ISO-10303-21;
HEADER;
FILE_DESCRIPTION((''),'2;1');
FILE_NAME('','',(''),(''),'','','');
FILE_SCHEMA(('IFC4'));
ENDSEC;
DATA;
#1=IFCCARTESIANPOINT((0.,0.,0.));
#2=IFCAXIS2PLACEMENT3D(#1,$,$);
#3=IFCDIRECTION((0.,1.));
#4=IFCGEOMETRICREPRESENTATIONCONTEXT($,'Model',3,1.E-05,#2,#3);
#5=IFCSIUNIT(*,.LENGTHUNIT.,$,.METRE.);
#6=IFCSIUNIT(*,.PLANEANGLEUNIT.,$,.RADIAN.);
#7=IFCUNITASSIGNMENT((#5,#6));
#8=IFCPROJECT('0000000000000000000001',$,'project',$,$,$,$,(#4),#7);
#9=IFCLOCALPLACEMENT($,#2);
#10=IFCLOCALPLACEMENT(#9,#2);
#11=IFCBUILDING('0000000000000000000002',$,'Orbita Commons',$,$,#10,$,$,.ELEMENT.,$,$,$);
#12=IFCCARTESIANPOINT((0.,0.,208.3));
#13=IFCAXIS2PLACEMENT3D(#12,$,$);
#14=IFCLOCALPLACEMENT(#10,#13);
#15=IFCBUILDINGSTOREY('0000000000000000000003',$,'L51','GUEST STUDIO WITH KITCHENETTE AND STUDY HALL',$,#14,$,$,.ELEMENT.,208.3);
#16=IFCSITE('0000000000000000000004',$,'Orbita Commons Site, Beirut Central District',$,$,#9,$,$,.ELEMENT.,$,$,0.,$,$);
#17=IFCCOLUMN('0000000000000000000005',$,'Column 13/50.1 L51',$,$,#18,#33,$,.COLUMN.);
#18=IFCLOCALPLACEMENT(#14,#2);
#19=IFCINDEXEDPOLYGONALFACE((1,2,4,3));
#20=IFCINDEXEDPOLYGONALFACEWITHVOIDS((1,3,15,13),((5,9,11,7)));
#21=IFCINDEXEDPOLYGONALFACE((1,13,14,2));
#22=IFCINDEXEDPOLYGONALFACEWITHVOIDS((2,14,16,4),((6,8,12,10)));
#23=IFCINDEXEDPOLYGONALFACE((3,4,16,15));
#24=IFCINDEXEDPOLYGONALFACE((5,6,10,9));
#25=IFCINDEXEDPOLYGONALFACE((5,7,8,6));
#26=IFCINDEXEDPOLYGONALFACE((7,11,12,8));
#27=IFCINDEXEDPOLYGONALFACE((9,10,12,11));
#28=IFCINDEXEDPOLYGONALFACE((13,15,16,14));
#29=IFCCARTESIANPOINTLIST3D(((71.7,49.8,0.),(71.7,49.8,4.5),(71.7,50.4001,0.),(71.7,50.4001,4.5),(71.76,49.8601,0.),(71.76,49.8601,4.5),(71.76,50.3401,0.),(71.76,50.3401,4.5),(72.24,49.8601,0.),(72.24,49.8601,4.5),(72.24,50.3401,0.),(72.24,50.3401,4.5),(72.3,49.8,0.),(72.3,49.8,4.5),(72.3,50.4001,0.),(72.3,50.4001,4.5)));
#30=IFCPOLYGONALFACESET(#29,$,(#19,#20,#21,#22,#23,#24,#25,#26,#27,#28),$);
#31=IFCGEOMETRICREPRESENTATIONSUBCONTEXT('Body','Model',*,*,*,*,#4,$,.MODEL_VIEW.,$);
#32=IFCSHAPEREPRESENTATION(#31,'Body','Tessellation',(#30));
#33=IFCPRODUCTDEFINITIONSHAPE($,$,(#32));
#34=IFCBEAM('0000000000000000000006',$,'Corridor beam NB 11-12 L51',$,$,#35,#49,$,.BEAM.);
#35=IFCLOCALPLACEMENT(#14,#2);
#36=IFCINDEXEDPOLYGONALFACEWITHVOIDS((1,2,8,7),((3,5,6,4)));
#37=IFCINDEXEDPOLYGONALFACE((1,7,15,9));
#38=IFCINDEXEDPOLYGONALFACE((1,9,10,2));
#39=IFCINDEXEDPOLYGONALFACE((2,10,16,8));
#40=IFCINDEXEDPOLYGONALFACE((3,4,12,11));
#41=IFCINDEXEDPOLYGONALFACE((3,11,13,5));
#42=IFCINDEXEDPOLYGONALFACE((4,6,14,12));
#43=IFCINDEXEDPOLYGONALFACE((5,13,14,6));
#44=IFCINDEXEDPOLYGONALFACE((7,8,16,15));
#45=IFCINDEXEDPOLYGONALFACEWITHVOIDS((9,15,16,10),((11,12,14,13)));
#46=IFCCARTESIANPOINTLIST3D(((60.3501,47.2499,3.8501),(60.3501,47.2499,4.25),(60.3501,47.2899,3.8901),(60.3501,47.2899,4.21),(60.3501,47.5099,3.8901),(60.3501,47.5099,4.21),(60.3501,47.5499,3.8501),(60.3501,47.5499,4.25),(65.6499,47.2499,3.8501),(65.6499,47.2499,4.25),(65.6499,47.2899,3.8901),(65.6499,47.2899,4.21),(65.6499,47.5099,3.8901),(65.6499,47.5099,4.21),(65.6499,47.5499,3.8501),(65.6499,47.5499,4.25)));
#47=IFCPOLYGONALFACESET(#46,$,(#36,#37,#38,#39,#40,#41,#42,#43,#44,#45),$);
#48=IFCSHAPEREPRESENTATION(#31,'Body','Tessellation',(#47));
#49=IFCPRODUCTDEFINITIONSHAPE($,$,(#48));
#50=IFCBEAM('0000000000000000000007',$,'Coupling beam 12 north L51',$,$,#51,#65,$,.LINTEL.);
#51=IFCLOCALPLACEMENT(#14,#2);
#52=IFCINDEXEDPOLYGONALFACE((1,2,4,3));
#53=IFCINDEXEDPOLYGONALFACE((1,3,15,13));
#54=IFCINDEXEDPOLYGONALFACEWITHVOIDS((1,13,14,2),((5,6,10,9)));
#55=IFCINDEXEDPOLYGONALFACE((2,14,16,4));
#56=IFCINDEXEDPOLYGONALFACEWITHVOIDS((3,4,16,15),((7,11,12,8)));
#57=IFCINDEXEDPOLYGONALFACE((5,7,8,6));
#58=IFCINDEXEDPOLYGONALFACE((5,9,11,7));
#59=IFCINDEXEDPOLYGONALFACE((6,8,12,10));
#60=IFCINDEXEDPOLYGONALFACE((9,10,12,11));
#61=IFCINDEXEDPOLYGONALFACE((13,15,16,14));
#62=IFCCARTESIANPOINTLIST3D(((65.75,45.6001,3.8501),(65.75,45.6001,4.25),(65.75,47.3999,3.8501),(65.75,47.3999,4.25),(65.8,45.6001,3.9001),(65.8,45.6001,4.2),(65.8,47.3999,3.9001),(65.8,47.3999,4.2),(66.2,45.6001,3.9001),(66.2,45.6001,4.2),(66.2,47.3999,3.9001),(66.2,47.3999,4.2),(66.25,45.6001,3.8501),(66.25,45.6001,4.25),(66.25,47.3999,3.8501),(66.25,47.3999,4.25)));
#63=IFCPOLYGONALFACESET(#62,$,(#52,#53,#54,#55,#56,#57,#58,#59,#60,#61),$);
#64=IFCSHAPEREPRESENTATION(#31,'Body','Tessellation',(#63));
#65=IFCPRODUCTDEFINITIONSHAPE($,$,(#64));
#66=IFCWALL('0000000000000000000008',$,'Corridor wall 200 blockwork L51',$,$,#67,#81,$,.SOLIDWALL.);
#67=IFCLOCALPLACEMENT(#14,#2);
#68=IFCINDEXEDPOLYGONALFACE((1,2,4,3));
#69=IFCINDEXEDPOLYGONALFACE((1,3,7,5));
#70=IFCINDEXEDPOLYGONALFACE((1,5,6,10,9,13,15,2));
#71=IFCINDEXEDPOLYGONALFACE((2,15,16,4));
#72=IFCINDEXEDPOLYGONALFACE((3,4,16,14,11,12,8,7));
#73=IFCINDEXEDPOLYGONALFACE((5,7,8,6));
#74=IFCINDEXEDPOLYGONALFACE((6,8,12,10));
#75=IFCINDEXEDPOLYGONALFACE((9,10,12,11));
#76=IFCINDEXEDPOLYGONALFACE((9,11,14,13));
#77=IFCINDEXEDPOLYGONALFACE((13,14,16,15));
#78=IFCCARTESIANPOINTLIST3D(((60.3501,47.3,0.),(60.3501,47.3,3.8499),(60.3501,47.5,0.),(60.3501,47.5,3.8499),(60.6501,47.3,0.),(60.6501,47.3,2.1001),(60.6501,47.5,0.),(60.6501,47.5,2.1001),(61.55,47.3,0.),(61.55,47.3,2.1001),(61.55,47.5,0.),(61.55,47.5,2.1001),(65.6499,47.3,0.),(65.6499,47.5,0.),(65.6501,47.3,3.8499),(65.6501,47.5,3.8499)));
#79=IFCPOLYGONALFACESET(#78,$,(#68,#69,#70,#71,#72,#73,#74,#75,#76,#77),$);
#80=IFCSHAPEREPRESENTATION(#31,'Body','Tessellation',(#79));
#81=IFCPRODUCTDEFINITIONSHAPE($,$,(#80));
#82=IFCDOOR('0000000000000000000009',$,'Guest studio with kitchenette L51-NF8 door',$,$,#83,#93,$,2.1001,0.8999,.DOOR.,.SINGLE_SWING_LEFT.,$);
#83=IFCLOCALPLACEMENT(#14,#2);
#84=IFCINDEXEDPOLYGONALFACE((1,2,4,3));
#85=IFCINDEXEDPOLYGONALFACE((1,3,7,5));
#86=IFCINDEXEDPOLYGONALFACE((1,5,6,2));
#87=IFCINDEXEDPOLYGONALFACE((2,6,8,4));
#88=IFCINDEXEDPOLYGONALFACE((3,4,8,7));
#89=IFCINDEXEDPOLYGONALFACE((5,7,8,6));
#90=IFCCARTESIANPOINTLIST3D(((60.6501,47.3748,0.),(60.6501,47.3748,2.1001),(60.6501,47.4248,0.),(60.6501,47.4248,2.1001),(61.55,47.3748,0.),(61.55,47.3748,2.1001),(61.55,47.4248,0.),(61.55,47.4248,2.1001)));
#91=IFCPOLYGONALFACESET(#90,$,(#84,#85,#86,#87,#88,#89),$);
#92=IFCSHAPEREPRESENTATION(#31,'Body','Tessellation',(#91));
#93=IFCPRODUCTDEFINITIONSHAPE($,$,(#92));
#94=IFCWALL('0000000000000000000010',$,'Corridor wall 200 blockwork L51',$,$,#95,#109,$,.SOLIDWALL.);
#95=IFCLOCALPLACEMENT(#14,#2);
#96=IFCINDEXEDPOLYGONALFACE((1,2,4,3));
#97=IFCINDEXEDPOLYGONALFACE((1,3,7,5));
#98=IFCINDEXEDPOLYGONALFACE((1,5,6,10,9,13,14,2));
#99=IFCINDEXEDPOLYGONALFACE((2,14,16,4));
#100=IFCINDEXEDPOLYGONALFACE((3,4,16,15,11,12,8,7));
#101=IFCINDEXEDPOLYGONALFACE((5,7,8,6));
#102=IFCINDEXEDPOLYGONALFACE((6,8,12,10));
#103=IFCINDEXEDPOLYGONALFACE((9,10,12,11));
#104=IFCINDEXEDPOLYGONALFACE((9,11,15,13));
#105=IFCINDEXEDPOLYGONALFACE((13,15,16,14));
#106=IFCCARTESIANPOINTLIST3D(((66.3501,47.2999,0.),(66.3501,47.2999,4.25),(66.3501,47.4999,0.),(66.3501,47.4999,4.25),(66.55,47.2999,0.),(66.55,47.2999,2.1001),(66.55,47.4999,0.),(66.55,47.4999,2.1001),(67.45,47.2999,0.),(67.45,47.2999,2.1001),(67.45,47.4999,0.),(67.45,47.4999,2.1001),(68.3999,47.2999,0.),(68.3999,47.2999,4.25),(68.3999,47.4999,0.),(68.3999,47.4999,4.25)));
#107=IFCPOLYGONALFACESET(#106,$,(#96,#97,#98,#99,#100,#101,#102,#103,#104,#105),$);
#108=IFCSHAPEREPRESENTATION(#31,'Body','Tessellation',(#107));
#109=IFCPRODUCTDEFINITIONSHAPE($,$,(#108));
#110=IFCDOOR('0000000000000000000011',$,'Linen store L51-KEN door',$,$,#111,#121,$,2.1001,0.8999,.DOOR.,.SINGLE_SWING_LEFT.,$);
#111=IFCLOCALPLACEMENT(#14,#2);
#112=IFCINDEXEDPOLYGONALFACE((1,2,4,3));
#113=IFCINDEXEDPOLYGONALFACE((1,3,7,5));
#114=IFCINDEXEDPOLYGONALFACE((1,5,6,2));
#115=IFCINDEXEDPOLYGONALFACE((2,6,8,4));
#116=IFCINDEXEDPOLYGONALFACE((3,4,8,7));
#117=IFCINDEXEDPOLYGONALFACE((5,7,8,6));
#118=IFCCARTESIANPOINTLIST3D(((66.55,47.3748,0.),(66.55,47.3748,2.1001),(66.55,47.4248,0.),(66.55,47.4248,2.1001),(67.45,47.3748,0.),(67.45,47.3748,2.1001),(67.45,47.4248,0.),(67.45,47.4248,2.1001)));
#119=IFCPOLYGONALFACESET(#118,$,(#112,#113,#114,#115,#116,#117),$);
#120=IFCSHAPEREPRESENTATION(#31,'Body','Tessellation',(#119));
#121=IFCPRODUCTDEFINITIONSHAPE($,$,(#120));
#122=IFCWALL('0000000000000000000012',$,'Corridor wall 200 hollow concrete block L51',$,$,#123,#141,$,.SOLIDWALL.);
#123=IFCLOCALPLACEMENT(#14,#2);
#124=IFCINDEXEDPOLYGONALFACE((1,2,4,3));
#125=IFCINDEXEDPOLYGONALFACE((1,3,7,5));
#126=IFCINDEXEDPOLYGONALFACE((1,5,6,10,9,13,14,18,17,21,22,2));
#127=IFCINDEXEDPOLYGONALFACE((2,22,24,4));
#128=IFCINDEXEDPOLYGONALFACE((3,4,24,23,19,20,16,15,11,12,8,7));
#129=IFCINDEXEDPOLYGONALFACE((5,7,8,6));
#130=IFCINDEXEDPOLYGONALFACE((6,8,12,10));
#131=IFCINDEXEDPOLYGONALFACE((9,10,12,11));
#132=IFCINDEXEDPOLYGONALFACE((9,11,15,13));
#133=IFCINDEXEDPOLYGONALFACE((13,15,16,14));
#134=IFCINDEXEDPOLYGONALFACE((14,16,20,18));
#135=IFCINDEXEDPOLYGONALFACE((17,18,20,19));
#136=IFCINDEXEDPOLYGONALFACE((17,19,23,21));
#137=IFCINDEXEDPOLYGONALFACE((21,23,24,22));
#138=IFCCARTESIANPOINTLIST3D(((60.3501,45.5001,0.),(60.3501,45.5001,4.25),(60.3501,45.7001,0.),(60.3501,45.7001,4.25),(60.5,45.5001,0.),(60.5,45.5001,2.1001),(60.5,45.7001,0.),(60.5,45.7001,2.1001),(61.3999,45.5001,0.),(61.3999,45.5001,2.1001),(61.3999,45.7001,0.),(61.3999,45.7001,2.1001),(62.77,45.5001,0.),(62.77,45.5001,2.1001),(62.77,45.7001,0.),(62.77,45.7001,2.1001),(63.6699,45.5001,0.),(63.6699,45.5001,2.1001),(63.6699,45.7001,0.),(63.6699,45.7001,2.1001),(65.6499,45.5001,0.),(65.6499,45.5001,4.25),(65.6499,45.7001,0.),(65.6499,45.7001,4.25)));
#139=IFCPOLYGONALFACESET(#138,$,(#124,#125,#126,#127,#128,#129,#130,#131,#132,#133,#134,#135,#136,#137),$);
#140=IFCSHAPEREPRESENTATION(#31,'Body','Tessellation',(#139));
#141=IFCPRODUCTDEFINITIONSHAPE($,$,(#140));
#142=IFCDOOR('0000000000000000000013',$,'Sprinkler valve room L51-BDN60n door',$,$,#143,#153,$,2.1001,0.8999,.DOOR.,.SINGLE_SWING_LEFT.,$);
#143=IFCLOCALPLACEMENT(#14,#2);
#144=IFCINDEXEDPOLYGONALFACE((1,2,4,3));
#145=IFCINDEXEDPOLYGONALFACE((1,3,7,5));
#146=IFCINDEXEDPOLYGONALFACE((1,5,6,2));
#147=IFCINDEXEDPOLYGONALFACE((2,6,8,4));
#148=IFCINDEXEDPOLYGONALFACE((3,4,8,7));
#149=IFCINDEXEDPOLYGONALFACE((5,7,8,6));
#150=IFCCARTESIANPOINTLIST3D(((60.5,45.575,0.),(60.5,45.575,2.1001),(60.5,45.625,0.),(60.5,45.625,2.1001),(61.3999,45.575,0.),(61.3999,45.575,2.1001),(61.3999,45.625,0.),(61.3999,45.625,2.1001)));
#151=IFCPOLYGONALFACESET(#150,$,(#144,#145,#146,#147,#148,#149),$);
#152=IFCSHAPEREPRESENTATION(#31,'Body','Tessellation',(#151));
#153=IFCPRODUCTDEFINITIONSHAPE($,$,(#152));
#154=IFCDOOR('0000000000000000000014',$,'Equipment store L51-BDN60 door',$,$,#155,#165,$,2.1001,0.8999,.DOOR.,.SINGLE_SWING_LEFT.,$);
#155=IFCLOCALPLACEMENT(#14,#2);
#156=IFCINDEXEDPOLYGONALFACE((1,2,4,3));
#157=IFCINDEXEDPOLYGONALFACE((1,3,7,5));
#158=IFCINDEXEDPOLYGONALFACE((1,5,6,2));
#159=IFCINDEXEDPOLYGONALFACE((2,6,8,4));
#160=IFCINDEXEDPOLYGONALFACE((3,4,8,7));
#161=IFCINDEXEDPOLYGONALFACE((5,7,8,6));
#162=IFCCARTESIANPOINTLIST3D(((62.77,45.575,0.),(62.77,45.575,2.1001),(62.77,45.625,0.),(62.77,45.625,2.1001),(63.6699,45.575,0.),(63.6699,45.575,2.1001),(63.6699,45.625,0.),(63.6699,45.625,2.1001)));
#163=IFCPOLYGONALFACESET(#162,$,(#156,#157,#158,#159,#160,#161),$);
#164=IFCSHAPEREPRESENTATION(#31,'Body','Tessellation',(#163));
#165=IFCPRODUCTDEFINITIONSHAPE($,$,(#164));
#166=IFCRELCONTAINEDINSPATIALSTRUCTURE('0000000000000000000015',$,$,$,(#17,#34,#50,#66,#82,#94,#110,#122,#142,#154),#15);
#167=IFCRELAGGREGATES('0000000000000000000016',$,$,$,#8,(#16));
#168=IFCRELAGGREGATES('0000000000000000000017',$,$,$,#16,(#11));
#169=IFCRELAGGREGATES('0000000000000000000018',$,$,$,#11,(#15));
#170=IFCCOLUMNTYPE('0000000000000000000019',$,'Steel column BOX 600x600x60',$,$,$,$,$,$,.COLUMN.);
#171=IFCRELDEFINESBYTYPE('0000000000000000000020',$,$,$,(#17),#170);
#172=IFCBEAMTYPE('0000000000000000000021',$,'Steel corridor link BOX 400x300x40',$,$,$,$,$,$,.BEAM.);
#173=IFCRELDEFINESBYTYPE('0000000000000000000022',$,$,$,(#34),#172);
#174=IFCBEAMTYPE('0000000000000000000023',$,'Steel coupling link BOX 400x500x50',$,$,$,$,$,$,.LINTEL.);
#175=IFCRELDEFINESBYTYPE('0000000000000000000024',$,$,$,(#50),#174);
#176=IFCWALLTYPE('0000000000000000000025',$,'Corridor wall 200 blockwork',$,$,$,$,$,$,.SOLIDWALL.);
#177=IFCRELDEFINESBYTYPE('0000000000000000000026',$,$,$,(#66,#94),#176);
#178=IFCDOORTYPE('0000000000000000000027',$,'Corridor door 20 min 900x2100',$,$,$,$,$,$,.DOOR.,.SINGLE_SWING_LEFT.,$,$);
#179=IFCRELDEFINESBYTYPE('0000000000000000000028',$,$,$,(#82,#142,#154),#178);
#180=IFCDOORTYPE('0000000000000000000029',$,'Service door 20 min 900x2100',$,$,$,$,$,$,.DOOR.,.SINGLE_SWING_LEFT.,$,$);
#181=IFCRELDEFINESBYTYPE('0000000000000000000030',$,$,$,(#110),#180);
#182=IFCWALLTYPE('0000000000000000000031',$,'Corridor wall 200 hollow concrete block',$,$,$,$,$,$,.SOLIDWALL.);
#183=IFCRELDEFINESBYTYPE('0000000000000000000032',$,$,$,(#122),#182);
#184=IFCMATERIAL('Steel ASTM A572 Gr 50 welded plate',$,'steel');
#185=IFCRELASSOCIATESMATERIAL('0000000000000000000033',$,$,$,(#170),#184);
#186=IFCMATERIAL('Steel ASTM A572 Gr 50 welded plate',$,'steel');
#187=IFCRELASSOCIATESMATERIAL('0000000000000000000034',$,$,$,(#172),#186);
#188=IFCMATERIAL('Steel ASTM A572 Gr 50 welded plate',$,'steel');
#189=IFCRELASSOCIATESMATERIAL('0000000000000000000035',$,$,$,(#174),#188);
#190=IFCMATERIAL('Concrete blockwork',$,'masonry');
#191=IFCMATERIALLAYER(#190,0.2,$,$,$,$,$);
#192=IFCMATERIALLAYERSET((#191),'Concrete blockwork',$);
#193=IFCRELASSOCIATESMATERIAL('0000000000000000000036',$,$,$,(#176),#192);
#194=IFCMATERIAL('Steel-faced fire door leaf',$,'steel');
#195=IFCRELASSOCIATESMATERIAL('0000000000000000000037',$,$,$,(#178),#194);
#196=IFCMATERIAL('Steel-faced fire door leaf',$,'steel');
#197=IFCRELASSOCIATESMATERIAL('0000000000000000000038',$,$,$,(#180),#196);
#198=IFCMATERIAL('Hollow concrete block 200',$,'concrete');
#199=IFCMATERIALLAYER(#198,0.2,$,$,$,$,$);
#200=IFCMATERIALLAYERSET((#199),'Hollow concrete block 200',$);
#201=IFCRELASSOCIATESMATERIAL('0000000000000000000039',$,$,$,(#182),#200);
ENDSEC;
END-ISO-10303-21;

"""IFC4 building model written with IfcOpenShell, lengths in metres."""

from ifc_helpers import new_model, si_unit, direction, frame, frame_2d, origin, origin_2d, place, context, subcontext, project, spatial, polyline, rectangle, hollow_rectangle, outline, extrude, material, layer, layer_set, material_profile, profile_set, type_object, element, fill, save


model = new_model("IFC4")

# Units and contexts
model_context = context("Model", 3, precision=1e-05, world=origin(), true_north=direction((0.0, 1.0)))
body_context = subcontext(model_context, "Body", "Model", "MODEL_VIEW")
ifc_project = project(units=[si_unit("LENGTHUNIT", "METRE"), si_unit("PLANEANGLEUNIT", "RADIAN")], contexts=[model_context])

# Site, building, storey
site_placement = place(None, origin())
site = spatial("IfcSite", under=ifc_project, at=site_placement, Name="Orbita Commons Site, Beirut Central District", CompositionType="ELEMENT", RefElevation=0.0)
building_placement = place(site_placement, origin())
building = spatial("IfcBuilding", under=site, at=building_placement, Name="Orbita Commons", CompositionType="ELEMENT")
storey_placement = place(building_placement, frame((0.0, 0.0, 208.3)))
storey = spatial("IfcBuildingStorey", under=building, at=storey_placement, Name="L51", Description="GUEST STUDIO WITH KITCHENETTE AND STUDY HALL", CompositionType="ELEMENT", Elevation=208.3)

# Column
ifc_material_1 = material(Name="Steel ASTM A572 Gr 50 welded plate", Category="steel")
ifc_material_profile_1 = material_profile(ifc_material_1, hollow_rectangle(XDim=0.6001, YDim=0.6001, WallThickness=0.0601, at=origin_2d()), Name="BOX 600x600x60")
ifc_profile_set_1 = profile_set([ifc_material_profile_1], Name="Steel ASTM A572 Gr 50 welded plate")
column_type = type_object("IfcColumnType", Name="Steel column BOX 600x600x60", PredefinedType="COLUMN", material=ifc_profile_set_1)
column_placement = place(storey_placement, frame((72.0, 50.1001, 0.0), z_axis=(0.0, 0.0, 1.0), x_axis=(1.0, 0.0, 0.0)))
element("IfcColumn", 1, at=column_placement, inside=storey, type_object=column_type, Name="Column 13/50.1 L51", PredefinedType="COLUMN", context=body_context, shape_type="SweptSolid", body=[
    extrude(hollow_rectangle(XDim=0.6001, YDim=0.6001, WallThickness=0.0601, at=origin_2d()), origin(), (0.0, 0.0, 1.0), 4.5),
])

# Beams
ifc_material_2 = material(Name="Steel ASTM A572 Gr 50 welded plate", Category="steel")
ifc_material_profile_2 = material_profile(ifc_material_2, hollow_rectangle(XDim=0.3, YDim=0.3999, WallThickness=0.04, at=origin_2d()), Name="BOX 400x300x40")
ifc_profile_set_2 = profile_set([ifc_material_profile_2], Name="Steel ASTM A572 Gr 50 welded plate")
beam_type_1 = type_object("IfcBeamType", Name="Steel corridor link BOX 400x300x40", PredefinedType="BEAM", material=ifc_profile_set_2)
beam_1_placement = place(storey_placement, frame((60.3501, 47.3999, 4.05), z_axis=(1.0, 0.0, 0.0), x_axis=(0.0, 1.0, 0.0)))
element("IfcBeam", 2, at=beam_1_placement, inside=storey, type_object=beam_type_1, Name="Corridor beam NB 11-12 L51", PredefinedType="BEAM", context=body_context, shape_type="SweptSolid", body=[
    extrude(hollow_rectangle(XDim=0.3, YDim=0.3999, WallThickness=0.04, at=origin_2d()), origin(), (0.0, 0.0, 1.0), 5.2998),
])
ifc_material_3 = material(Name="Steel ASTM A572 Gr 50 welded plate", Category="steel")
ifc_material_profile_3 = material_profile(ifc_material_3, hollow_rectangle(XDim=0.5, YDim=0.3999, WallThickness=0.05, at=origin_2d()), Name="BOX 400x500x50")
ifc_profile_set_3 = profile_set([ifc_material_profile_3], Name="Steel ASTM A572 Gr 50 welded plate")
beam_type_2 = type_object("IfcBeamType", Name="Steel coupling link BOX 400x500x50", PredefinedType="LINTEL", material=ifc_profile_set_3)
beam_2_placement = place(storey_placement, frame((66.0, 45.6001, 4.05), z_axis=(0.0, 1.0, 0.0), x_axis=(-1.0, 0.0, 0.0)))
element("IfcBeam", 3, at=beam_2_placement, inside=storey, type_object=beam_type_2, Name="Coupling beam 12 north L51", PredefinedType="LINTEL", context=body_context, shape_type="SweptSolid", body=[
    extrude(hollow_rectangle(XDim=0.5, YDim=0.3999, WallThickness=0.05, at=origin_2d()), origin(), (0.0, 0.0, 1.0), 1.7998),
])

# Walls, openings, doors
ifc_material_4 = material(Name="Concrete blockwork", Category="masonry")
ifc_layer_1 = layer(ifc_material_4, 0.2)
ifc_layer_set_1 = layer_set([ifc_layer_1], Name="Concrete blockwork")
wall_type_1 = type_object("IfcWallType", Name="Corridor wall 200 blockwork", PredefinedType="SOLIDWALL", material=ifc_layer_set_1)
wall_1_placement = place(storey_placement, frame((60.3501, 47.3999, 0.0), z_axis=(0.0, 0.0, 1.0), x_axis=(1.0, 0.0, 0.0)))
wall_1 = element("IfcWall", 4, at=wall_1_placement, inside=storey, type_object=wall_type_1, Name="Corridor wall 200 blockwork L51", PredefinedType="SOLIDWALL", context=body_context, shape_type="SweptSolid", body=[
    extrude(outline(polyline([(0.0, 0.0), (5.2998, 0.0), (5.3, 3.8499), (0.0, 3.8499), (0.0, 0.0)])), frame((0.0, 0.1001, 0.0), z_axis=(0.0, -1.0, 0.0), x_axis=(1.0, 0.0, 0.0)), (0.0, 0.0, 1.0), 0.2),
])
opening_1_placement = place(wall_1_placement, frame((0.3, 0.0, 0.0)))
opening_1 = element("IfcOpeningElement", 5, at=opening_1_placement, cuts=wall_1, PredefinedType="OPENING", context=body_context, shape_type="SweptSolid", body=[
    extrude(rectangle(XDim=0.8999, YDim=2.1001, at=frame_2d((0.45, 1.05))), frame((0.0, 0.1099, 0.0), z_axis=(0.0, -1.0, 0.0), x_axis=(1.0, 0.0, 0.0)), (0.0, 0.0, 1.0), 0.22),
])
ifc_material_5 = material(Name="Steel-faced fire door leaf", Category="steel")
door_type_1 = type_object("IfcDoorType", Name="Corridor door 20 min 900x2100", OperationType="SINGLE_SWING_LEFT", PredefinedType="DOOR", material=ifc_material_5)
door_1_placement = place(opening_1_placement, origin())
door_1 = element("IfcDoor", 6, at=door_1_placement, inside=storey, type_object=door_type_1, Name="Guest studio with kitchenette L51-NF8 door", OperationType="SINGLE_SWING_LEFT", OverallHeight=2.1001, OverallWidth=0.8999, PredefinedType="DOOR", context=body_context, shape_type="SweptSolid", body=[
    extrude(rectangle(XDim=0.8999, YDim=2.1001, at=frame_2d((0.45, 1.05))), frame((0.0, 0.0249, 0.0), z_axis=(0.0, -1.0, 0.0), x_axis=(1.0, 0.0, 0.0)), (0.0, 0.0, 1.0), 0.05),
])
fill(opening_1, door_1)
wall_2_placement = place(storey_placement, frame((66.3501, 47.3999, 0.0), z_axis=(0.0, 0.0, 1.0), x_axis=(1.0, 0.0, 0.0)))
wall_2 = element("IfcWall", 7, at=wall_2_placement, inside=storey, type_object=wall_type_1, Name="Corridor wall 200 blockwork L51", PredefinedType="SOLIDWALL", context=body_context, shape_type="SweptSolid", body=[
    extrude(rectangle(XDim=2.0498, YDim=0.2, at=frame_2d((1.0249, 0.0))), origin(), (0.0, 0.0, 1.0), 4.25),
])
opening_2_placement = place(wall_2_placement, frame((0.2, 0.0, 0.0)))
opening_2 = element("IfcOpeningElement", 8, at=opening_2_placement, cuts=wall_2, PredefinedType="OPENING", context=body_context, shape_type="SweptSolid", body=[
    extrude(rectangle(XDim=0.8999, YDim=2.1001, at=frame_2d((0.45, 1.05))), frame((0.0, 0.1099, 0.0), z_axis=(0.0, -1.0, 0.0), x_axis=(1.0, 0.0, 0.0)), (0.0, 0.0, 1.0), 0.22),
])
ifc_material_6 = material(Name="Steel-faced fire door leaf", Category="steel")
door_type_2 = type_object("IfcDoorType", Name="Service door 20 min 900x2100", OperationType="SINGLE_SWING_LEFT", PredefinedType="DOOR", material=ifc_material_6)
door_2_placement = place(opening_2_placement, origin())
door_2 = element("IfcDoor", 9, at=door_2_placement, inside=storey, type_object=door_type_2, Name="Linen store L51-KEN door", OperationType="SINGLE_SWING_LEFT", OverallHeight=2.1001, OverallWidth=0.8999, PredefinedType="DOOR", context=body_context, shape_type="SweptSolid", body=[
    extrude(rectangle(XDim=0.8999, YDim=2.1001, at=frame_2d((0.45, 1.05))), frame((0.0, 0.0249, 0.0), z_axis=(0.0, -1.0, 0.0), x_axis=(1.0, 0.0, 0.0)), (0.0, 0.0, 1.0), 0.05),
])
fill(opening_2, door_2)

# Wall, openings, doors
ifc_material_7 = material(Name="Hollow concrete block 200", Category="concrete")
ifc_layer_2 = layer(ifc_material_7, 0.2)
ifc_layer_set_2 = layer_set([ifc_layer_2], Name="Hollow concrete block 200")
wall_type_2 = type_object("IfcWallType", Name="Corridor wall 200 hollow concrete block", PredefinedType="SOLIDWALL", material=ifc_layer_set_2)
wall_3_placement = place(storey_placement, frame((60.3501, 45.6001, 0.0), z_axis=(0.0, 0.0, 1.0), x_axis=(1.0, 0.0, 0.0)))
wall_3 = element("IfcWall", 10, at=wall_3_placement, inside=storey, type_object=wall_type_2, Name="Corridor wall 200 hollow concrete block L51", PredefinedType="SOLIDWALL", context=body_context, shape_type="SweptSolid", body=[
    extrude(rectangle(XDim=5.2998, YDim=0.2, at=frame_2d((2.6499, 0.0))), origin(), (0.0, 0.0, 1.0), 4.25),
])
opening_3_placement = place(wall_3_placement, frame((0.1499, 0.0, 0.0)))
opening_3 = element("IfcOpeningElement", 11, at=opening_3_placement, cuts=wall_3, PredefinedType="OPENING", context=body_context, shape_type="SweptSolid", body=[
    extrude(rectangle(XDim=0.8999, YDim=2.1001, at=frame_2d((0.45, 1.05))), frame((0.0, 0.1099, 0.0), z_axis=(0.0, -1.0, 0.0), x_axis=(1.0, 0.0, 0.0)), (0.0, 0.0, 1.0), 0.22),
])
opening_4_placement = place(wall_3_placement, frame((2.4199, 0.0, 0.0)))
opening_4 = element("IfcOpeningElement", 12, at=opening_4_placement, cuts=wall_3, PredefinedType="OPENING", context=body_context, shape_type="SweptSolid", body=[
    extrude(rectangle(XDim=0.8999, YDim=2.1001, at=frame_2d((0.45, 1.05))), frame((0.0, 0.1099, 0.0), z_axis=(0.0, -1.0, 0.0), x_axis=(1.0, 0.0, 0.0)), (0.0, 0.0, 1.0), 0.22),
])
door_3_placement = place(opening_3_placement, origin())
door_3 = element("IfcDoor", 13, at=door_3_placement, inside=storey, type_object=door_type_1, Name="Sprinkler valve room L51-BDN60n door", OperationType="SINGLE_SWING_LEFT", OverallHeight=2.1001, OverallWidth=0.8999, PredefinedType="DOOR", context=body_context, shape_type="SweptSolid", body=[
    extrude(rectangle(XDim=0.8999, YDim=2.1001, at=frame_2d((0.45, 1.05))), frame((0.0, 0.0249, 0.0), z_axis=(0.0, -1.0, 0.0), x_axis=(1.0, 0.0, 0.0)), (0.0, 0.0, 1.0), 0.05),
])
fill(opening_3, door_3)
door_4_placement = place(opening_4_placement, origin())
door_4 = element("IfcDoor", 14, at=door_4_placement, inside=storey, type_object=door_type_1, Name="Equipment store L51-BDN60 door", OperationType="SINGLE_SWING_LEFT", OverallHeight=2.1001, OverallWidth=0.8999, PredefinedType="DOOR", context=body_context, shape_type="SweptSolid", body=[
    extrude(rectangle(XDim=0.8999, YDim=2.1001, at=frame_2d((0.45, 1.05))), frame((0.0, 0.0249, 0.0), z_axis=(0.0, -1.0, 0.0), x_axis=(1.0, 0.0, 0.0)), (0.0, 0.0, 1.0), 0.05),
])
fill(opening_4, door_4)

save(model, "model.ifc")
